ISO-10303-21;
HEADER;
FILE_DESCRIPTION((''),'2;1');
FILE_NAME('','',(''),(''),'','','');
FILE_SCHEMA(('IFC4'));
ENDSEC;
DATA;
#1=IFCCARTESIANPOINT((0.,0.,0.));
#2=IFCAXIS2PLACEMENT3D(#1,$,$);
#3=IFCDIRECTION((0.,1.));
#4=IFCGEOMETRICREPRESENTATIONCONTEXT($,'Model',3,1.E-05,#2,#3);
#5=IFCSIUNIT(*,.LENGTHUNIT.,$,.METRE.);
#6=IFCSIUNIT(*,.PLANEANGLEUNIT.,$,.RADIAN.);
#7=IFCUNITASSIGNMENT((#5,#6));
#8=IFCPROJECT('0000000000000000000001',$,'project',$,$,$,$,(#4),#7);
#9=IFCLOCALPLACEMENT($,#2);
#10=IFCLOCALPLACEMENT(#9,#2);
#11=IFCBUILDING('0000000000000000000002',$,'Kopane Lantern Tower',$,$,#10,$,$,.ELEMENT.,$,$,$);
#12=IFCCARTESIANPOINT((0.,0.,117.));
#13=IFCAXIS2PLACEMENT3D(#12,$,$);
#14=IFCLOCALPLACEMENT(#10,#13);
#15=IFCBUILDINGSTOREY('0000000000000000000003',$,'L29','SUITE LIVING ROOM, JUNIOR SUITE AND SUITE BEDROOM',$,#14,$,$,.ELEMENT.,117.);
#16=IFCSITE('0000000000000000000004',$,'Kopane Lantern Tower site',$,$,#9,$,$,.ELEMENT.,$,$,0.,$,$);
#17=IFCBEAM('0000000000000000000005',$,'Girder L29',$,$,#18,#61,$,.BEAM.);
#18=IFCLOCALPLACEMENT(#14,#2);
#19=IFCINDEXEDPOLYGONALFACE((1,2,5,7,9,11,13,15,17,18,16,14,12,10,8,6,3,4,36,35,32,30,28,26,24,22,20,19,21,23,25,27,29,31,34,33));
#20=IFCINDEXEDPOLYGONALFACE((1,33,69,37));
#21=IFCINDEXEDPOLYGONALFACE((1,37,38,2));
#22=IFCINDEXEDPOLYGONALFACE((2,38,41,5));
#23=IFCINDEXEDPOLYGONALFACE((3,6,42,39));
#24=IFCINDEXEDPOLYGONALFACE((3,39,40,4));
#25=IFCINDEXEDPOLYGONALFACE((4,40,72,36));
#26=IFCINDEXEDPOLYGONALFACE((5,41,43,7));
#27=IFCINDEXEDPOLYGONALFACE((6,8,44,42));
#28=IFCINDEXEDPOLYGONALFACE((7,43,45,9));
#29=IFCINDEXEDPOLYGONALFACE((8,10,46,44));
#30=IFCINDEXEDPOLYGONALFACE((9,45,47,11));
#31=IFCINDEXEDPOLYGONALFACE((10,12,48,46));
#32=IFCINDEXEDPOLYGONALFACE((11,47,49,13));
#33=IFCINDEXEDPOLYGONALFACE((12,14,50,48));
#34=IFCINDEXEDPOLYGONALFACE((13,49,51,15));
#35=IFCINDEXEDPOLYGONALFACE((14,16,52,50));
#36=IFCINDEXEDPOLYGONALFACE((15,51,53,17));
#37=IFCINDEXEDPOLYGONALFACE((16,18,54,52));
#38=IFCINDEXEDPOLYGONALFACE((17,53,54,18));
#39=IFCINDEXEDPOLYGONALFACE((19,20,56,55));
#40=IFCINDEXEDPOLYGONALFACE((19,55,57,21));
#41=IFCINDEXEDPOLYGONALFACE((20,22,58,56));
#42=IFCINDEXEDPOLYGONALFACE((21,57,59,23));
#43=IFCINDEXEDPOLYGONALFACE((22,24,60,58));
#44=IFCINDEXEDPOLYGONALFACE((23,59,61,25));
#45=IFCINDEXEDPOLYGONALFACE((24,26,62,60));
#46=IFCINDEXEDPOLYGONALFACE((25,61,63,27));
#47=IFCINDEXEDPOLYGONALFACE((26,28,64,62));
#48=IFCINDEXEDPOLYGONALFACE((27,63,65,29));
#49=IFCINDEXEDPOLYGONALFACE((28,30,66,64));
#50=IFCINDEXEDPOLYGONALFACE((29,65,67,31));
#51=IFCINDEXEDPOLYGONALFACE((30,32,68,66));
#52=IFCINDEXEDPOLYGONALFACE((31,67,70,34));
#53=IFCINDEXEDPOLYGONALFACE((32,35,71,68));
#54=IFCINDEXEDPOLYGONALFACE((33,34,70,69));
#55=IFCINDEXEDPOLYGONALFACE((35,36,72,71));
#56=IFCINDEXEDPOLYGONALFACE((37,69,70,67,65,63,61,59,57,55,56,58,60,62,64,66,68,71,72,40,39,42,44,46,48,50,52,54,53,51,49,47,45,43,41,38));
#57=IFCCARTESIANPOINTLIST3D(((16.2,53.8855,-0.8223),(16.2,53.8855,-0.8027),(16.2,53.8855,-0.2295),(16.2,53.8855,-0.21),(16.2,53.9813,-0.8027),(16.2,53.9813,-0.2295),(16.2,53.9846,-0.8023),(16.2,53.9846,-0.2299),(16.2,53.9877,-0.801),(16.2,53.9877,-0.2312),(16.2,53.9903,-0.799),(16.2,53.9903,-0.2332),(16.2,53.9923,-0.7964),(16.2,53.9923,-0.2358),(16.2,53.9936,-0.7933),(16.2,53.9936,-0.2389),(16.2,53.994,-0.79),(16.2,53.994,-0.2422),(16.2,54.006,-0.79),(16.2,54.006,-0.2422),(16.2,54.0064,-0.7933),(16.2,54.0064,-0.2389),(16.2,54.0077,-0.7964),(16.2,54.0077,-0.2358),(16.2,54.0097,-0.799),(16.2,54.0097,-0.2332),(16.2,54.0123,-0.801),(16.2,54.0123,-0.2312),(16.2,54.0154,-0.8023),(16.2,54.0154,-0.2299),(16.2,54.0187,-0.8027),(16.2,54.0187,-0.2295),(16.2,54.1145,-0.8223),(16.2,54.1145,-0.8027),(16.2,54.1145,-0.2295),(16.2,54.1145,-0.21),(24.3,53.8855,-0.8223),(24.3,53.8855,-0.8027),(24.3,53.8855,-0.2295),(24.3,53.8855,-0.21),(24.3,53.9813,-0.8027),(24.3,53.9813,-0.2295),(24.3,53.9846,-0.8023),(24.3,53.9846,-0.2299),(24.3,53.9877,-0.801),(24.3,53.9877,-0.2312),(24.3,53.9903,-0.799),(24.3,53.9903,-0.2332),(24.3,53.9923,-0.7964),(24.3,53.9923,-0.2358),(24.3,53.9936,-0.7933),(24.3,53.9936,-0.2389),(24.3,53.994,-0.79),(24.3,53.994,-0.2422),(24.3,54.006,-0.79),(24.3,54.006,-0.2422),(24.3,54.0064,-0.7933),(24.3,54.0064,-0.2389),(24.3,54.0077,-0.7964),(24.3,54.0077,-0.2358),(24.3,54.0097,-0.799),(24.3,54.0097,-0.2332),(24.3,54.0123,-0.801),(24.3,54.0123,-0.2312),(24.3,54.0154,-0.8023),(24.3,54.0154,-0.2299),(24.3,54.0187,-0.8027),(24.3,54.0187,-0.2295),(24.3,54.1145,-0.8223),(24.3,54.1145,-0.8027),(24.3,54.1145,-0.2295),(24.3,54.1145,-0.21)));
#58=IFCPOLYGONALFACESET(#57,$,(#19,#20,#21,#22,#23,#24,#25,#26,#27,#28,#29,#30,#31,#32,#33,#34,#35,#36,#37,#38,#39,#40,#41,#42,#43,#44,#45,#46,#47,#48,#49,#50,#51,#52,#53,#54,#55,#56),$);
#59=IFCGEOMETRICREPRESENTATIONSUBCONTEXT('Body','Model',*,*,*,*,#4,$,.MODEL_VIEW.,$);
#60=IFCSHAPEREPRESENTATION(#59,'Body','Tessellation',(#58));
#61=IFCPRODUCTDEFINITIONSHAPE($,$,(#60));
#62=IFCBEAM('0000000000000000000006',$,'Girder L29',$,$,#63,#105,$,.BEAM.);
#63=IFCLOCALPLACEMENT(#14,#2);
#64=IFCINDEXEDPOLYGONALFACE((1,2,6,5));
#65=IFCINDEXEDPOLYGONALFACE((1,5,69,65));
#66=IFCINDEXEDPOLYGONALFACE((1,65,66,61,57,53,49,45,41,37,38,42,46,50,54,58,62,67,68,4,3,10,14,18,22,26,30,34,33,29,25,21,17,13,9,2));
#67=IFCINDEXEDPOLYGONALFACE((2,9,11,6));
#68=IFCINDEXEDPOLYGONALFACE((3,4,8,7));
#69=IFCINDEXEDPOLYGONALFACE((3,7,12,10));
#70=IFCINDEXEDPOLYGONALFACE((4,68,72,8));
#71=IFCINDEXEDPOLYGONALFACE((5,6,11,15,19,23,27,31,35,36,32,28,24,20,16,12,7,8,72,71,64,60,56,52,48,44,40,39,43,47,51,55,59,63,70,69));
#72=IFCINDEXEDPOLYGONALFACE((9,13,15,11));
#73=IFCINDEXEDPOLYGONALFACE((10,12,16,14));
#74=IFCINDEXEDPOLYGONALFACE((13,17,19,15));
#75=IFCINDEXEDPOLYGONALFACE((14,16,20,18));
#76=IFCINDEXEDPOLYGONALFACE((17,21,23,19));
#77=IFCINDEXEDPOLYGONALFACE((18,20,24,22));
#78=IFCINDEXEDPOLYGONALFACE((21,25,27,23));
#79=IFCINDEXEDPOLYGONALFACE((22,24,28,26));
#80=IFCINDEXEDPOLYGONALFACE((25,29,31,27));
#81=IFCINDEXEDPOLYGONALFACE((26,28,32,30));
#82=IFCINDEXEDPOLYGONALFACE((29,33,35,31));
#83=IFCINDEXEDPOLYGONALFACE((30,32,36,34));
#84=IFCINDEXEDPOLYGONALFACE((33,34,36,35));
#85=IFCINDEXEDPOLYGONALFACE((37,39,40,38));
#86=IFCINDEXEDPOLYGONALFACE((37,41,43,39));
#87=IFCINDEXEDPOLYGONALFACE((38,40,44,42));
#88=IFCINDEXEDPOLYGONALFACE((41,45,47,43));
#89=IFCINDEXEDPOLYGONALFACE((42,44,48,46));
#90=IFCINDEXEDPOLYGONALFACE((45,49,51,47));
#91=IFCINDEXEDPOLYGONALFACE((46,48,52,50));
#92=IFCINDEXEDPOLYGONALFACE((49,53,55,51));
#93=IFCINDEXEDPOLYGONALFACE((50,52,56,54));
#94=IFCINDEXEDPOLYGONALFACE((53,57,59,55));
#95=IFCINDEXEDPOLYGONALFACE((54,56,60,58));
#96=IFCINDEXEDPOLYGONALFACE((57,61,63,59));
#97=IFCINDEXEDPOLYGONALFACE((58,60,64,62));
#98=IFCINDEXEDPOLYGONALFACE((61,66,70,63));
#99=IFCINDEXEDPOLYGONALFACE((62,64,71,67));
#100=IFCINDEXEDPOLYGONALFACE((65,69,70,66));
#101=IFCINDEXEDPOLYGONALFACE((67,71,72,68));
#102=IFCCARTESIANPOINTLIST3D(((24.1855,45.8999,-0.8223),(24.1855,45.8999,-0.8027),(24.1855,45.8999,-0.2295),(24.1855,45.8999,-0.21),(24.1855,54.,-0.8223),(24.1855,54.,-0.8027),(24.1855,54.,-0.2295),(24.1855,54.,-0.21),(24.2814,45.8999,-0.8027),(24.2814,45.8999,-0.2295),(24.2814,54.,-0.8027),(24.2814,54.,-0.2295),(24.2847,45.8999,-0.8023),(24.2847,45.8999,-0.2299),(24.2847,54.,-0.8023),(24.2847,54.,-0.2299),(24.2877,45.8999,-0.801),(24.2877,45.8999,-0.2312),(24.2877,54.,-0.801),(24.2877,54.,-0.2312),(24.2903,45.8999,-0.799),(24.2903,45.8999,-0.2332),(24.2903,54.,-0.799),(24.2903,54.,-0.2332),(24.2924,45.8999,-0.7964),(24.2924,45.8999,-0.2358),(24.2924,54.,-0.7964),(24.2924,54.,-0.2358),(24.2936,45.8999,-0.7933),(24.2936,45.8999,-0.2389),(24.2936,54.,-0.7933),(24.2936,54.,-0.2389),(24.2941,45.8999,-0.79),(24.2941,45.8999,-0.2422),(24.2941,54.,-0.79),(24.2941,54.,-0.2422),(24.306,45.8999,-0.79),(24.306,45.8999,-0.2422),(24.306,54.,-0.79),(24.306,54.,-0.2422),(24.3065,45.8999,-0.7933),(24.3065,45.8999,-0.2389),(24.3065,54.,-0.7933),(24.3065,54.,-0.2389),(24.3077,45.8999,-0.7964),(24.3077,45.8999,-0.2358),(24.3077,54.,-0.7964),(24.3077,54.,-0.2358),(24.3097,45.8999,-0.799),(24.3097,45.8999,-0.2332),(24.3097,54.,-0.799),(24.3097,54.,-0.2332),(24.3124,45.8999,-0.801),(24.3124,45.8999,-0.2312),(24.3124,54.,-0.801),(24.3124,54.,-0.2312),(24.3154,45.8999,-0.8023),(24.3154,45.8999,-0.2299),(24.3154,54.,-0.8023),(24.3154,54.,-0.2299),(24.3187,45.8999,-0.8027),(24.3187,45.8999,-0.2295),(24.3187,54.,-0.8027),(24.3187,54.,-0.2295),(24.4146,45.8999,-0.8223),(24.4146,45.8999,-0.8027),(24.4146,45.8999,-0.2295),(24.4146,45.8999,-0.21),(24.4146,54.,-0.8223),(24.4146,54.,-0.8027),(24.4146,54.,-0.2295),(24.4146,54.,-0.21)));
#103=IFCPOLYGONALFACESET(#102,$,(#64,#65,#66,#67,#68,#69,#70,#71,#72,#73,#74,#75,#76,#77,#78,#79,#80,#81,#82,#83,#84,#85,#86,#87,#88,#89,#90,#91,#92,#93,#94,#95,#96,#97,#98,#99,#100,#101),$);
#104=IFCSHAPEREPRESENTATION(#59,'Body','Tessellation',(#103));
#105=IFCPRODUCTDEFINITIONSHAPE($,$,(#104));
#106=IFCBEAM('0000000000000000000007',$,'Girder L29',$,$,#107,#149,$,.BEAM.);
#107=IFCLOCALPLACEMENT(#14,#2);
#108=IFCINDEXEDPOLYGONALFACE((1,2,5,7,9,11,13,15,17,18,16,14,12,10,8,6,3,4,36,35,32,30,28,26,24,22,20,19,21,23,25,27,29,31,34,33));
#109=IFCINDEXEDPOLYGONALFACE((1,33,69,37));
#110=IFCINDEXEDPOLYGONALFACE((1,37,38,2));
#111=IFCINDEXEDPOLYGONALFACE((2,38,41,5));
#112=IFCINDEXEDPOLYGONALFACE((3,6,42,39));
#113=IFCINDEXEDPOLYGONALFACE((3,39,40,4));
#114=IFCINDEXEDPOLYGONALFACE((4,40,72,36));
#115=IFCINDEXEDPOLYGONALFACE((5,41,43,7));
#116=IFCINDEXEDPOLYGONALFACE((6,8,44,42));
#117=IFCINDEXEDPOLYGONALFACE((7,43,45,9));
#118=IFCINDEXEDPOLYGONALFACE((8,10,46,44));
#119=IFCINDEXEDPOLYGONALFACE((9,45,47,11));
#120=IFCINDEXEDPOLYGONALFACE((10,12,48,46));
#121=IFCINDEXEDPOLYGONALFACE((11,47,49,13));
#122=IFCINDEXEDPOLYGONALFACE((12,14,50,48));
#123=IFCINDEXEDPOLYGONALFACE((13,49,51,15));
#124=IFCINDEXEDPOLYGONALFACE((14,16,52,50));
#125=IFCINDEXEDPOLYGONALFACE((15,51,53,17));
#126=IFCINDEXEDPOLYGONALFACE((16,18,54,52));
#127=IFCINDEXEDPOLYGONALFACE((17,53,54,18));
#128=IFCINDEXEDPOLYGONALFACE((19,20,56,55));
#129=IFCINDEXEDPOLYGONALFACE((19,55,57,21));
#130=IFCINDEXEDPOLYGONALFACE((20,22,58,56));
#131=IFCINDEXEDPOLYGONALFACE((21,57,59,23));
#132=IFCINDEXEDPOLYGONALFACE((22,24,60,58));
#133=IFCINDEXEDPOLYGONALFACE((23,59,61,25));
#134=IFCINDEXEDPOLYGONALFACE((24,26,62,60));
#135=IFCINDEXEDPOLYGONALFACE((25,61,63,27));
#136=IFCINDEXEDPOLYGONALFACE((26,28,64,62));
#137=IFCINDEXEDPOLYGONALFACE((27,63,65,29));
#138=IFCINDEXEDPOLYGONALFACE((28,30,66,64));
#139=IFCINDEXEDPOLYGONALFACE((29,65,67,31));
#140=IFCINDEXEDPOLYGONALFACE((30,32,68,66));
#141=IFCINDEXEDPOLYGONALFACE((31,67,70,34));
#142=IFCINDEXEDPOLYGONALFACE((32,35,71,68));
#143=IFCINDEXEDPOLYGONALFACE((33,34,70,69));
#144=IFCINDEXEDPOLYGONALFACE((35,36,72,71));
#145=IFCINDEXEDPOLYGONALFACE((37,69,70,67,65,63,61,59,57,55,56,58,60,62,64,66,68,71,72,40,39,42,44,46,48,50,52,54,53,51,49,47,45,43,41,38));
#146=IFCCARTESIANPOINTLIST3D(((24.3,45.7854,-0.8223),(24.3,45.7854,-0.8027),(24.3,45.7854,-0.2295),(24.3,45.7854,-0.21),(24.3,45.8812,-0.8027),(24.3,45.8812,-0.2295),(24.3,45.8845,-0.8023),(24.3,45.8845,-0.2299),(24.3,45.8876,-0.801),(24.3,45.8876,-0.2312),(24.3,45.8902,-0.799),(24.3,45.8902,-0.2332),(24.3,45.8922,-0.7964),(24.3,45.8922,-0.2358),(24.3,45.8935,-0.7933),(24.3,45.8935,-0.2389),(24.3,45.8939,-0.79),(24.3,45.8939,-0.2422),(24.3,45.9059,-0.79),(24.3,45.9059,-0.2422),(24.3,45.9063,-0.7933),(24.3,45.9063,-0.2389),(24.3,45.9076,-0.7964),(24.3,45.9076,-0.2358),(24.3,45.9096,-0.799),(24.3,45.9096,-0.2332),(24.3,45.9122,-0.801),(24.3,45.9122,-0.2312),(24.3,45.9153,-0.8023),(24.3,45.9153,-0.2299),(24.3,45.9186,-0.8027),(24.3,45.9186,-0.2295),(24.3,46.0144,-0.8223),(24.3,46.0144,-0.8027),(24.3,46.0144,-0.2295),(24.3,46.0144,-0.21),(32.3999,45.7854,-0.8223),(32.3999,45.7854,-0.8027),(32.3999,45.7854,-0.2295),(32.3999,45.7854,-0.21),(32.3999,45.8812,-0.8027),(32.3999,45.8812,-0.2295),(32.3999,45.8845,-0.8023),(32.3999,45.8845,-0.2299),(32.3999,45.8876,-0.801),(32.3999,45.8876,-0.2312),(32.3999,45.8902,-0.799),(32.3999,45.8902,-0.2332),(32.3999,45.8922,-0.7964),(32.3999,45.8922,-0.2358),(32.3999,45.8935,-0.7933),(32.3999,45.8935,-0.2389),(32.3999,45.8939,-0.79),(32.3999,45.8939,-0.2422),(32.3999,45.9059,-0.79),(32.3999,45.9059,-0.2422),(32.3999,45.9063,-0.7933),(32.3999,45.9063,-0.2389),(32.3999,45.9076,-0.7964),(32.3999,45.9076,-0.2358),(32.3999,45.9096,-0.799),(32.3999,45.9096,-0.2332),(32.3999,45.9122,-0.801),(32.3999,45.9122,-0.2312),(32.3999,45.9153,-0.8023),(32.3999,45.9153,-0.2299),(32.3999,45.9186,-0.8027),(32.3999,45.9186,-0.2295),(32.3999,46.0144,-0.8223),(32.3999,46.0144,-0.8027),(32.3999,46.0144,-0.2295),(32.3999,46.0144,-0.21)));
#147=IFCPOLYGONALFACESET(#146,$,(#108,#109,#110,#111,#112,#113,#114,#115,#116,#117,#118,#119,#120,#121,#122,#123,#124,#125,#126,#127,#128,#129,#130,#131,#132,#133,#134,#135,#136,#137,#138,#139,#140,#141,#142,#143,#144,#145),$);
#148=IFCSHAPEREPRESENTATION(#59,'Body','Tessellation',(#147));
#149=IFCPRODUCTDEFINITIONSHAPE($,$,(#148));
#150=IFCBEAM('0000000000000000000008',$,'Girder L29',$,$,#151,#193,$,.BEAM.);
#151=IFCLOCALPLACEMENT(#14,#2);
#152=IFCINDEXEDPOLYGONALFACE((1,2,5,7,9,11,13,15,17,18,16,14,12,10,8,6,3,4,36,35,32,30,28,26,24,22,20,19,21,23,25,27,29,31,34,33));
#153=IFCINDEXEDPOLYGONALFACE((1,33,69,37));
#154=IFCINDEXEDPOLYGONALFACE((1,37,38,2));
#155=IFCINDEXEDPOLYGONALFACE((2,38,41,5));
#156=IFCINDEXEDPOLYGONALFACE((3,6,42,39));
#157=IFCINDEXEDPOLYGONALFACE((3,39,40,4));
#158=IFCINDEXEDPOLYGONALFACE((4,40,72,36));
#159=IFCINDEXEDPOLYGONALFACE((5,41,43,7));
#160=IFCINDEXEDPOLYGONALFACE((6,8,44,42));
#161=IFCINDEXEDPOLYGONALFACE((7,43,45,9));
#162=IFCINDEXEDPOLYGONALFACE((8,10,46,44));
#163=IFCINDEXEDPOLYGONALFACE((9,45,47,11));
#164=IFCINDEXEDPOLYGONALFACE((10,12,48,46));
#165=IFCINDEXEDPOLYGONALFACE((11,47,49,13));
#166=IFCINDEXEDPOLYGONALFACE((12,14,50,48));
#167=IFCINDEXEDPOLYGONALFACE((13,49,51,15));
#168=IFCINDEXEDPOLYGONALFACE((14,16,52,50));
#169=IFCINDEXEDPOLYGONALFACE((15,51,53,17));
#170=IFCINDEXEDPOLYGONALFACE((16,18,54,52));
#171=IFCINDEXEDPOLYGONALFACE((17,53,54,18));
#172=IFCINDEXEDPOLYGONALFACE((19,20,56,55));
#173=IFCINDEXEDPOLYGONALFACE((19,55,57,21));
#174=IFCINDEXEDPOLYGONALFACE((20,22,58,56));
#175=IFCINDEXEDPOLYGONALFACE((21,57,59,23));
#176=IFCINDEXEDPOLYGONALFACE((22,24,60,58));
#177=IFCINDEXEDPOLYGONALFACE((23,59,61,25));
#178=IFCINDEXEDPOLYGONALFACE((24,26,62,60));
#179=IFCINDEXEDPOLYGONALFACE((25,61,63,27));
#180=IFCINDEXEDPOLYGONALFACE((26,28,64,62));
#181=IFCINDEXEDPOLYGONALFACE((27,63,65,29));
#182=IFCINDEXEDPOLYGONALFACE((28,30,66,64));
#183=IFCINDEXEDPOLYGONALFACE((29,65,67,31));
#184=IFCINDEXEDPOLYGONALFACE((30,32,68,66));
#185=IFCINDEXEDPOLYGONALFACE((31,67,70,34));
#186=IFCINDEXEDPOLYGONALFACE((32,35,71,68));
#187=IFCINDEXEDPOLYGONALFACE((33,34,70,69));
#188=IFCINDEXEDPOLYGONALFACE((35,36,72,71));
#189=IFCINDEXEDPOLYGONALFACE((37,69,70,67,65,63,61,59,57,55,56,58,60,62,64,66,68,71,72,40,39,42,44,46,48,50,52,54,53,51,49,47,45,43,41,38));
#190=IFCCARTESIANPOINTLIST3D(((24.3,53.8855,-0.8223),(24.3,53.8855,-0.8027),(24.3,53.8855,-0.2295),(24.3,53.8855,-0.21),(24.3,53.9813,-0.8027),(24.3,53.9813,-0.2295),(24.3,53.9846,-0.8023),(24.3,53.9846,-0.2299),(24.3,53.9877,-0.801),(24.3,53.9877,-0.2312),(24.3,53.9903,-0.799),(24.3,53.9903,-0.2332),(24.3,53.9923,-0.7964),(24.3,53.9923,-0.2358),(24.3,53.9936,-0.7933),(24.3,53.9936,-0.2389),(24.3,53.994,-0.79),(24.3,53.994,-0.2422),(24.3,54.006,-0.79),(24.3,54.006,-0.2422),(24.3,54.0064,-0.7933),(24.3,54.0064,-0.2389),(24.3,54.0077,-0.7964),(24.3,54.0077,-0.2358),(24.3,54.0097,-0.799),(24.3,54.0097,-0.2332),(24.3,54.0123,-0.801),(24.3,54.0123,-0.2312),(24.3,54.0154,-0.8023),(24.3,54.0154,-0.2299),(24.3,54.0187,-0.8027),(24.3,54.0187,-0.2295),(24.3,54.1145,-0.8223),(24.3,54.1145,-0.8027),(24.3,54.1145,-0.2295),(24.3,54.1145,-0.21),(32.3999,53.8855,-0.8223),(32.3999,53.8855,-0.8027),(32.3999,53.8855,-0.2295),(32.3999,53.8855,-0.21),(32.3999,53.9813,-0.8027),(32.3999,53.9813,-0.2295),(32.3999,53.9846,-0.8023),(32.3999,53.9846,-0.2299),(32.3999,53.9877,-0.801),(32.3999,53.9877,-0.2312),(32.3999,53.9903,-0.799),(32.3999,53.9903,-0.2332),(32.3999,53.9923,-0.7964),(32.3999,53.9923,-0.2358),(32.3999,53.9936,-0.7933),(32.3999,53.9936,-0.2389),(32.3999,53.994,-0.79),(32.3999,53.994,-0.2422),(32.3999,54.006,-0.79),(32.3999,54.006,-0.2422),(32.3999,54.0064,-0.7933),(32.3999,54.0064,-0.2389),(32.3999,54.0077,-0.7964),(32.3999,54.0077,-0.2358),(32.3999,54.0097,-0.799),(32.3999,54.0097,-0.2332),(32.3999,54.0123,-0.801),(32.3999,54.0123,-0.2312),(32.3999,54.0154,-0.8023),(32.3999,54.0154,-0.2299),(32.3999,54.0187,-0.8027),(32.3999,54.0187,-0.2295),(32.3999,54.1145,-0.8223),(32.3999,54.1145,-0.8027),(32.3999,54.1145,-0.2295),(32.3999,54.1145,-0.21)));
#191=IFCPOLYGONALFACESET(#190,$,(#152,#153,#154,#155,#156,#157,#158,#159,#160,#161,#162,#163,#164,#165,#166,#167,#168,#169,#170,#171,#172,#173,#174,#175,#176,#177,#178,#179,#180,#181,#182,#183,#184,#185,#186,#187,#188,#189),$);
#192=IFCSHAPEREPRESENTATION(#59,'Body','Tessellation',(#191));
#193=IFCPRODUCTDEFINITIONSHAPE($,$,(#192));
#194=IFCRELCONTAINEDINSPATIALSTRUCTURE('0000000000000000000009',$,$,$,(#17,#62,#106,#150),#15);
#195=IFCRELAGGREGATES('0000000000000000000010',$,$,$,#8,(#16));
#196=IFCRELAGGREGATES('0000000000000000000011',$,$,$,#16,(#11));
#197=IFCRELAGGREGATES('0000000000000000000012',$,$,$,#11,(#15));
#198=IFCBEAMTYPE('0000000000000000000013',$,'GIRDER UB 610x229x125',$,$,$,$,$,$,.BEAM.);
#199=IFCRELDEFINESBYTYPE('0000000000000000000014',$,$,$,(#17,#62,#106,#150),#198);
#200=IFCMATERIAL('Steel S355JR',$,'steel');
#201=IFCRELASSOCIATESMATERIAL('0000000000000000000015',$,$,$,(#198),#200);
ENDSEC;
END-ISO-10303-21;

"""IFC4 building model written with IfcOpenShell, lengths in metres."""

from ifc_helpers import new_model, si_unit, direction, frame, origin, origin_2d, place, context, subcontext, project, spatial, i_section, extrude, material, material_profile, profile_set, type_object, element, save


model = new_model("IFC4")

# Units and contexts
model_context = context("Model", 3, precision=1e-05, world=origin(), true_north=direction((0.0, 1.0)))
body_context = subcontext(model_context, "Body", "Model", "MODEL_VIEW")
ifc_project = project(units=[si_unit("LENGTHUNIT", "METRE"), si_unit("PLANEANGLEUNIT", "RADIAN")], contexts=[model_context])

# Site, building, storey
site_placement = place(None, origin())
site = spatial("IfcSite", under=ifc_project, at=site_placement, Name="Kopane Lantern Tower site", CompositionType="ELEMENT", RefElevation=0.0)
building_placement = place(site_placement, origin())
building = spatial("IfcBuilding", under=site, at=building_placement, Name="Kopane Lantern Tower", CompositionType="ELEMENT")
storey_placement = place(building_placement, frame((0.0, 0.0, 117.0)))
storey = spatial("IfcBuildingStorey", under=building, at=storey_placement, Name="L29", Description="SUITE LIVING ROOM, JUNIOR SUITE AND SUITE BEDROOM", CompositionType="ELEMENT", Elevation=117.0)

# Beams
ifc_material_1 = material(Name="Steel S355JR", Category="steel")
ifc_material_profile_1 = material_profile(ifc_material_1, i_section(OverallWidth=0.229, OverallDepth=0.6123, WebThickness=0.012, FlangeThickness=0.0195, FilletRadius=0.0127, at=origin_2d()), Name="UB 610x229x125")
ifc_profile_set_1 = profile_set([ifc_material_profile_1], Name="Steel S355JR")
beam_type_1 = type_object("IfcBeamType", Name="GIRDER UB 610x229x125", PredefinedType="BEAM", material=ifc_profile_set_1)
for number, where, z_axis, x_axis, name in (
    (1, (16.2, 54.0, -0.5161), (1.0, 0.0, 0.0), (0.0, 1.0, 0.0), "Girder L29"),
    (2, (24.3, 45.8999, -0.5161), (0.0, 1.0, 0.0), (-1.0, 0.0, 0.0), "Girder L29"),
):
    element("IfcBeam", number, at=place(storey_placement, frame(where, z_axis=z_axis, x_axis=x_axis)), inside=storey, type_object=beam_type_1, Name=name, PredefinedType="BEAM", context=body_context, shape_type="SweptSolid", body=[
        extrude(i_section(OverallWidth=0.229, OverallDepth=0.6123, WebThickness=0.012, FlangeThickness=0.0195, FilletRadius=0.0127, at=origin_2d()), origin(), (0.0, 0.0, 1.0), 8.1001),
    ])
for number, where, z_axis, x_axis, name in (
    (3, (24.3, 45.8999, -0.5161), (1.0, 0.0, 0.0), (0.0, 1.0, 0.0), "Girder L29"),
    (4, (24.3, 54.0, -0.5161), (1.0, 0.0, 0.0), (0.0, 1.0, 0.0), "Girder L29"),
):
    element("IfcBeam", number, at=place(storey_placement, frame(where, z_axis=z_axis, x_axis=x_axis)), inside=storey, type_object=beam_type_1, Name=name, PredefinedType="BEAM", context=body_context, shape_type="SweptSolid", body=[
        extrude(i_section(OverallWidth=0.229, OverallDepth=0.6123, WebThickness=0.012, FlangeThickness=0.0195, FilletRadius=0.0127, at=origin_2d()), origin(), (0.0, 0.0, 1.0), 8.0999),
    ])

save(model, "model.ifc")
